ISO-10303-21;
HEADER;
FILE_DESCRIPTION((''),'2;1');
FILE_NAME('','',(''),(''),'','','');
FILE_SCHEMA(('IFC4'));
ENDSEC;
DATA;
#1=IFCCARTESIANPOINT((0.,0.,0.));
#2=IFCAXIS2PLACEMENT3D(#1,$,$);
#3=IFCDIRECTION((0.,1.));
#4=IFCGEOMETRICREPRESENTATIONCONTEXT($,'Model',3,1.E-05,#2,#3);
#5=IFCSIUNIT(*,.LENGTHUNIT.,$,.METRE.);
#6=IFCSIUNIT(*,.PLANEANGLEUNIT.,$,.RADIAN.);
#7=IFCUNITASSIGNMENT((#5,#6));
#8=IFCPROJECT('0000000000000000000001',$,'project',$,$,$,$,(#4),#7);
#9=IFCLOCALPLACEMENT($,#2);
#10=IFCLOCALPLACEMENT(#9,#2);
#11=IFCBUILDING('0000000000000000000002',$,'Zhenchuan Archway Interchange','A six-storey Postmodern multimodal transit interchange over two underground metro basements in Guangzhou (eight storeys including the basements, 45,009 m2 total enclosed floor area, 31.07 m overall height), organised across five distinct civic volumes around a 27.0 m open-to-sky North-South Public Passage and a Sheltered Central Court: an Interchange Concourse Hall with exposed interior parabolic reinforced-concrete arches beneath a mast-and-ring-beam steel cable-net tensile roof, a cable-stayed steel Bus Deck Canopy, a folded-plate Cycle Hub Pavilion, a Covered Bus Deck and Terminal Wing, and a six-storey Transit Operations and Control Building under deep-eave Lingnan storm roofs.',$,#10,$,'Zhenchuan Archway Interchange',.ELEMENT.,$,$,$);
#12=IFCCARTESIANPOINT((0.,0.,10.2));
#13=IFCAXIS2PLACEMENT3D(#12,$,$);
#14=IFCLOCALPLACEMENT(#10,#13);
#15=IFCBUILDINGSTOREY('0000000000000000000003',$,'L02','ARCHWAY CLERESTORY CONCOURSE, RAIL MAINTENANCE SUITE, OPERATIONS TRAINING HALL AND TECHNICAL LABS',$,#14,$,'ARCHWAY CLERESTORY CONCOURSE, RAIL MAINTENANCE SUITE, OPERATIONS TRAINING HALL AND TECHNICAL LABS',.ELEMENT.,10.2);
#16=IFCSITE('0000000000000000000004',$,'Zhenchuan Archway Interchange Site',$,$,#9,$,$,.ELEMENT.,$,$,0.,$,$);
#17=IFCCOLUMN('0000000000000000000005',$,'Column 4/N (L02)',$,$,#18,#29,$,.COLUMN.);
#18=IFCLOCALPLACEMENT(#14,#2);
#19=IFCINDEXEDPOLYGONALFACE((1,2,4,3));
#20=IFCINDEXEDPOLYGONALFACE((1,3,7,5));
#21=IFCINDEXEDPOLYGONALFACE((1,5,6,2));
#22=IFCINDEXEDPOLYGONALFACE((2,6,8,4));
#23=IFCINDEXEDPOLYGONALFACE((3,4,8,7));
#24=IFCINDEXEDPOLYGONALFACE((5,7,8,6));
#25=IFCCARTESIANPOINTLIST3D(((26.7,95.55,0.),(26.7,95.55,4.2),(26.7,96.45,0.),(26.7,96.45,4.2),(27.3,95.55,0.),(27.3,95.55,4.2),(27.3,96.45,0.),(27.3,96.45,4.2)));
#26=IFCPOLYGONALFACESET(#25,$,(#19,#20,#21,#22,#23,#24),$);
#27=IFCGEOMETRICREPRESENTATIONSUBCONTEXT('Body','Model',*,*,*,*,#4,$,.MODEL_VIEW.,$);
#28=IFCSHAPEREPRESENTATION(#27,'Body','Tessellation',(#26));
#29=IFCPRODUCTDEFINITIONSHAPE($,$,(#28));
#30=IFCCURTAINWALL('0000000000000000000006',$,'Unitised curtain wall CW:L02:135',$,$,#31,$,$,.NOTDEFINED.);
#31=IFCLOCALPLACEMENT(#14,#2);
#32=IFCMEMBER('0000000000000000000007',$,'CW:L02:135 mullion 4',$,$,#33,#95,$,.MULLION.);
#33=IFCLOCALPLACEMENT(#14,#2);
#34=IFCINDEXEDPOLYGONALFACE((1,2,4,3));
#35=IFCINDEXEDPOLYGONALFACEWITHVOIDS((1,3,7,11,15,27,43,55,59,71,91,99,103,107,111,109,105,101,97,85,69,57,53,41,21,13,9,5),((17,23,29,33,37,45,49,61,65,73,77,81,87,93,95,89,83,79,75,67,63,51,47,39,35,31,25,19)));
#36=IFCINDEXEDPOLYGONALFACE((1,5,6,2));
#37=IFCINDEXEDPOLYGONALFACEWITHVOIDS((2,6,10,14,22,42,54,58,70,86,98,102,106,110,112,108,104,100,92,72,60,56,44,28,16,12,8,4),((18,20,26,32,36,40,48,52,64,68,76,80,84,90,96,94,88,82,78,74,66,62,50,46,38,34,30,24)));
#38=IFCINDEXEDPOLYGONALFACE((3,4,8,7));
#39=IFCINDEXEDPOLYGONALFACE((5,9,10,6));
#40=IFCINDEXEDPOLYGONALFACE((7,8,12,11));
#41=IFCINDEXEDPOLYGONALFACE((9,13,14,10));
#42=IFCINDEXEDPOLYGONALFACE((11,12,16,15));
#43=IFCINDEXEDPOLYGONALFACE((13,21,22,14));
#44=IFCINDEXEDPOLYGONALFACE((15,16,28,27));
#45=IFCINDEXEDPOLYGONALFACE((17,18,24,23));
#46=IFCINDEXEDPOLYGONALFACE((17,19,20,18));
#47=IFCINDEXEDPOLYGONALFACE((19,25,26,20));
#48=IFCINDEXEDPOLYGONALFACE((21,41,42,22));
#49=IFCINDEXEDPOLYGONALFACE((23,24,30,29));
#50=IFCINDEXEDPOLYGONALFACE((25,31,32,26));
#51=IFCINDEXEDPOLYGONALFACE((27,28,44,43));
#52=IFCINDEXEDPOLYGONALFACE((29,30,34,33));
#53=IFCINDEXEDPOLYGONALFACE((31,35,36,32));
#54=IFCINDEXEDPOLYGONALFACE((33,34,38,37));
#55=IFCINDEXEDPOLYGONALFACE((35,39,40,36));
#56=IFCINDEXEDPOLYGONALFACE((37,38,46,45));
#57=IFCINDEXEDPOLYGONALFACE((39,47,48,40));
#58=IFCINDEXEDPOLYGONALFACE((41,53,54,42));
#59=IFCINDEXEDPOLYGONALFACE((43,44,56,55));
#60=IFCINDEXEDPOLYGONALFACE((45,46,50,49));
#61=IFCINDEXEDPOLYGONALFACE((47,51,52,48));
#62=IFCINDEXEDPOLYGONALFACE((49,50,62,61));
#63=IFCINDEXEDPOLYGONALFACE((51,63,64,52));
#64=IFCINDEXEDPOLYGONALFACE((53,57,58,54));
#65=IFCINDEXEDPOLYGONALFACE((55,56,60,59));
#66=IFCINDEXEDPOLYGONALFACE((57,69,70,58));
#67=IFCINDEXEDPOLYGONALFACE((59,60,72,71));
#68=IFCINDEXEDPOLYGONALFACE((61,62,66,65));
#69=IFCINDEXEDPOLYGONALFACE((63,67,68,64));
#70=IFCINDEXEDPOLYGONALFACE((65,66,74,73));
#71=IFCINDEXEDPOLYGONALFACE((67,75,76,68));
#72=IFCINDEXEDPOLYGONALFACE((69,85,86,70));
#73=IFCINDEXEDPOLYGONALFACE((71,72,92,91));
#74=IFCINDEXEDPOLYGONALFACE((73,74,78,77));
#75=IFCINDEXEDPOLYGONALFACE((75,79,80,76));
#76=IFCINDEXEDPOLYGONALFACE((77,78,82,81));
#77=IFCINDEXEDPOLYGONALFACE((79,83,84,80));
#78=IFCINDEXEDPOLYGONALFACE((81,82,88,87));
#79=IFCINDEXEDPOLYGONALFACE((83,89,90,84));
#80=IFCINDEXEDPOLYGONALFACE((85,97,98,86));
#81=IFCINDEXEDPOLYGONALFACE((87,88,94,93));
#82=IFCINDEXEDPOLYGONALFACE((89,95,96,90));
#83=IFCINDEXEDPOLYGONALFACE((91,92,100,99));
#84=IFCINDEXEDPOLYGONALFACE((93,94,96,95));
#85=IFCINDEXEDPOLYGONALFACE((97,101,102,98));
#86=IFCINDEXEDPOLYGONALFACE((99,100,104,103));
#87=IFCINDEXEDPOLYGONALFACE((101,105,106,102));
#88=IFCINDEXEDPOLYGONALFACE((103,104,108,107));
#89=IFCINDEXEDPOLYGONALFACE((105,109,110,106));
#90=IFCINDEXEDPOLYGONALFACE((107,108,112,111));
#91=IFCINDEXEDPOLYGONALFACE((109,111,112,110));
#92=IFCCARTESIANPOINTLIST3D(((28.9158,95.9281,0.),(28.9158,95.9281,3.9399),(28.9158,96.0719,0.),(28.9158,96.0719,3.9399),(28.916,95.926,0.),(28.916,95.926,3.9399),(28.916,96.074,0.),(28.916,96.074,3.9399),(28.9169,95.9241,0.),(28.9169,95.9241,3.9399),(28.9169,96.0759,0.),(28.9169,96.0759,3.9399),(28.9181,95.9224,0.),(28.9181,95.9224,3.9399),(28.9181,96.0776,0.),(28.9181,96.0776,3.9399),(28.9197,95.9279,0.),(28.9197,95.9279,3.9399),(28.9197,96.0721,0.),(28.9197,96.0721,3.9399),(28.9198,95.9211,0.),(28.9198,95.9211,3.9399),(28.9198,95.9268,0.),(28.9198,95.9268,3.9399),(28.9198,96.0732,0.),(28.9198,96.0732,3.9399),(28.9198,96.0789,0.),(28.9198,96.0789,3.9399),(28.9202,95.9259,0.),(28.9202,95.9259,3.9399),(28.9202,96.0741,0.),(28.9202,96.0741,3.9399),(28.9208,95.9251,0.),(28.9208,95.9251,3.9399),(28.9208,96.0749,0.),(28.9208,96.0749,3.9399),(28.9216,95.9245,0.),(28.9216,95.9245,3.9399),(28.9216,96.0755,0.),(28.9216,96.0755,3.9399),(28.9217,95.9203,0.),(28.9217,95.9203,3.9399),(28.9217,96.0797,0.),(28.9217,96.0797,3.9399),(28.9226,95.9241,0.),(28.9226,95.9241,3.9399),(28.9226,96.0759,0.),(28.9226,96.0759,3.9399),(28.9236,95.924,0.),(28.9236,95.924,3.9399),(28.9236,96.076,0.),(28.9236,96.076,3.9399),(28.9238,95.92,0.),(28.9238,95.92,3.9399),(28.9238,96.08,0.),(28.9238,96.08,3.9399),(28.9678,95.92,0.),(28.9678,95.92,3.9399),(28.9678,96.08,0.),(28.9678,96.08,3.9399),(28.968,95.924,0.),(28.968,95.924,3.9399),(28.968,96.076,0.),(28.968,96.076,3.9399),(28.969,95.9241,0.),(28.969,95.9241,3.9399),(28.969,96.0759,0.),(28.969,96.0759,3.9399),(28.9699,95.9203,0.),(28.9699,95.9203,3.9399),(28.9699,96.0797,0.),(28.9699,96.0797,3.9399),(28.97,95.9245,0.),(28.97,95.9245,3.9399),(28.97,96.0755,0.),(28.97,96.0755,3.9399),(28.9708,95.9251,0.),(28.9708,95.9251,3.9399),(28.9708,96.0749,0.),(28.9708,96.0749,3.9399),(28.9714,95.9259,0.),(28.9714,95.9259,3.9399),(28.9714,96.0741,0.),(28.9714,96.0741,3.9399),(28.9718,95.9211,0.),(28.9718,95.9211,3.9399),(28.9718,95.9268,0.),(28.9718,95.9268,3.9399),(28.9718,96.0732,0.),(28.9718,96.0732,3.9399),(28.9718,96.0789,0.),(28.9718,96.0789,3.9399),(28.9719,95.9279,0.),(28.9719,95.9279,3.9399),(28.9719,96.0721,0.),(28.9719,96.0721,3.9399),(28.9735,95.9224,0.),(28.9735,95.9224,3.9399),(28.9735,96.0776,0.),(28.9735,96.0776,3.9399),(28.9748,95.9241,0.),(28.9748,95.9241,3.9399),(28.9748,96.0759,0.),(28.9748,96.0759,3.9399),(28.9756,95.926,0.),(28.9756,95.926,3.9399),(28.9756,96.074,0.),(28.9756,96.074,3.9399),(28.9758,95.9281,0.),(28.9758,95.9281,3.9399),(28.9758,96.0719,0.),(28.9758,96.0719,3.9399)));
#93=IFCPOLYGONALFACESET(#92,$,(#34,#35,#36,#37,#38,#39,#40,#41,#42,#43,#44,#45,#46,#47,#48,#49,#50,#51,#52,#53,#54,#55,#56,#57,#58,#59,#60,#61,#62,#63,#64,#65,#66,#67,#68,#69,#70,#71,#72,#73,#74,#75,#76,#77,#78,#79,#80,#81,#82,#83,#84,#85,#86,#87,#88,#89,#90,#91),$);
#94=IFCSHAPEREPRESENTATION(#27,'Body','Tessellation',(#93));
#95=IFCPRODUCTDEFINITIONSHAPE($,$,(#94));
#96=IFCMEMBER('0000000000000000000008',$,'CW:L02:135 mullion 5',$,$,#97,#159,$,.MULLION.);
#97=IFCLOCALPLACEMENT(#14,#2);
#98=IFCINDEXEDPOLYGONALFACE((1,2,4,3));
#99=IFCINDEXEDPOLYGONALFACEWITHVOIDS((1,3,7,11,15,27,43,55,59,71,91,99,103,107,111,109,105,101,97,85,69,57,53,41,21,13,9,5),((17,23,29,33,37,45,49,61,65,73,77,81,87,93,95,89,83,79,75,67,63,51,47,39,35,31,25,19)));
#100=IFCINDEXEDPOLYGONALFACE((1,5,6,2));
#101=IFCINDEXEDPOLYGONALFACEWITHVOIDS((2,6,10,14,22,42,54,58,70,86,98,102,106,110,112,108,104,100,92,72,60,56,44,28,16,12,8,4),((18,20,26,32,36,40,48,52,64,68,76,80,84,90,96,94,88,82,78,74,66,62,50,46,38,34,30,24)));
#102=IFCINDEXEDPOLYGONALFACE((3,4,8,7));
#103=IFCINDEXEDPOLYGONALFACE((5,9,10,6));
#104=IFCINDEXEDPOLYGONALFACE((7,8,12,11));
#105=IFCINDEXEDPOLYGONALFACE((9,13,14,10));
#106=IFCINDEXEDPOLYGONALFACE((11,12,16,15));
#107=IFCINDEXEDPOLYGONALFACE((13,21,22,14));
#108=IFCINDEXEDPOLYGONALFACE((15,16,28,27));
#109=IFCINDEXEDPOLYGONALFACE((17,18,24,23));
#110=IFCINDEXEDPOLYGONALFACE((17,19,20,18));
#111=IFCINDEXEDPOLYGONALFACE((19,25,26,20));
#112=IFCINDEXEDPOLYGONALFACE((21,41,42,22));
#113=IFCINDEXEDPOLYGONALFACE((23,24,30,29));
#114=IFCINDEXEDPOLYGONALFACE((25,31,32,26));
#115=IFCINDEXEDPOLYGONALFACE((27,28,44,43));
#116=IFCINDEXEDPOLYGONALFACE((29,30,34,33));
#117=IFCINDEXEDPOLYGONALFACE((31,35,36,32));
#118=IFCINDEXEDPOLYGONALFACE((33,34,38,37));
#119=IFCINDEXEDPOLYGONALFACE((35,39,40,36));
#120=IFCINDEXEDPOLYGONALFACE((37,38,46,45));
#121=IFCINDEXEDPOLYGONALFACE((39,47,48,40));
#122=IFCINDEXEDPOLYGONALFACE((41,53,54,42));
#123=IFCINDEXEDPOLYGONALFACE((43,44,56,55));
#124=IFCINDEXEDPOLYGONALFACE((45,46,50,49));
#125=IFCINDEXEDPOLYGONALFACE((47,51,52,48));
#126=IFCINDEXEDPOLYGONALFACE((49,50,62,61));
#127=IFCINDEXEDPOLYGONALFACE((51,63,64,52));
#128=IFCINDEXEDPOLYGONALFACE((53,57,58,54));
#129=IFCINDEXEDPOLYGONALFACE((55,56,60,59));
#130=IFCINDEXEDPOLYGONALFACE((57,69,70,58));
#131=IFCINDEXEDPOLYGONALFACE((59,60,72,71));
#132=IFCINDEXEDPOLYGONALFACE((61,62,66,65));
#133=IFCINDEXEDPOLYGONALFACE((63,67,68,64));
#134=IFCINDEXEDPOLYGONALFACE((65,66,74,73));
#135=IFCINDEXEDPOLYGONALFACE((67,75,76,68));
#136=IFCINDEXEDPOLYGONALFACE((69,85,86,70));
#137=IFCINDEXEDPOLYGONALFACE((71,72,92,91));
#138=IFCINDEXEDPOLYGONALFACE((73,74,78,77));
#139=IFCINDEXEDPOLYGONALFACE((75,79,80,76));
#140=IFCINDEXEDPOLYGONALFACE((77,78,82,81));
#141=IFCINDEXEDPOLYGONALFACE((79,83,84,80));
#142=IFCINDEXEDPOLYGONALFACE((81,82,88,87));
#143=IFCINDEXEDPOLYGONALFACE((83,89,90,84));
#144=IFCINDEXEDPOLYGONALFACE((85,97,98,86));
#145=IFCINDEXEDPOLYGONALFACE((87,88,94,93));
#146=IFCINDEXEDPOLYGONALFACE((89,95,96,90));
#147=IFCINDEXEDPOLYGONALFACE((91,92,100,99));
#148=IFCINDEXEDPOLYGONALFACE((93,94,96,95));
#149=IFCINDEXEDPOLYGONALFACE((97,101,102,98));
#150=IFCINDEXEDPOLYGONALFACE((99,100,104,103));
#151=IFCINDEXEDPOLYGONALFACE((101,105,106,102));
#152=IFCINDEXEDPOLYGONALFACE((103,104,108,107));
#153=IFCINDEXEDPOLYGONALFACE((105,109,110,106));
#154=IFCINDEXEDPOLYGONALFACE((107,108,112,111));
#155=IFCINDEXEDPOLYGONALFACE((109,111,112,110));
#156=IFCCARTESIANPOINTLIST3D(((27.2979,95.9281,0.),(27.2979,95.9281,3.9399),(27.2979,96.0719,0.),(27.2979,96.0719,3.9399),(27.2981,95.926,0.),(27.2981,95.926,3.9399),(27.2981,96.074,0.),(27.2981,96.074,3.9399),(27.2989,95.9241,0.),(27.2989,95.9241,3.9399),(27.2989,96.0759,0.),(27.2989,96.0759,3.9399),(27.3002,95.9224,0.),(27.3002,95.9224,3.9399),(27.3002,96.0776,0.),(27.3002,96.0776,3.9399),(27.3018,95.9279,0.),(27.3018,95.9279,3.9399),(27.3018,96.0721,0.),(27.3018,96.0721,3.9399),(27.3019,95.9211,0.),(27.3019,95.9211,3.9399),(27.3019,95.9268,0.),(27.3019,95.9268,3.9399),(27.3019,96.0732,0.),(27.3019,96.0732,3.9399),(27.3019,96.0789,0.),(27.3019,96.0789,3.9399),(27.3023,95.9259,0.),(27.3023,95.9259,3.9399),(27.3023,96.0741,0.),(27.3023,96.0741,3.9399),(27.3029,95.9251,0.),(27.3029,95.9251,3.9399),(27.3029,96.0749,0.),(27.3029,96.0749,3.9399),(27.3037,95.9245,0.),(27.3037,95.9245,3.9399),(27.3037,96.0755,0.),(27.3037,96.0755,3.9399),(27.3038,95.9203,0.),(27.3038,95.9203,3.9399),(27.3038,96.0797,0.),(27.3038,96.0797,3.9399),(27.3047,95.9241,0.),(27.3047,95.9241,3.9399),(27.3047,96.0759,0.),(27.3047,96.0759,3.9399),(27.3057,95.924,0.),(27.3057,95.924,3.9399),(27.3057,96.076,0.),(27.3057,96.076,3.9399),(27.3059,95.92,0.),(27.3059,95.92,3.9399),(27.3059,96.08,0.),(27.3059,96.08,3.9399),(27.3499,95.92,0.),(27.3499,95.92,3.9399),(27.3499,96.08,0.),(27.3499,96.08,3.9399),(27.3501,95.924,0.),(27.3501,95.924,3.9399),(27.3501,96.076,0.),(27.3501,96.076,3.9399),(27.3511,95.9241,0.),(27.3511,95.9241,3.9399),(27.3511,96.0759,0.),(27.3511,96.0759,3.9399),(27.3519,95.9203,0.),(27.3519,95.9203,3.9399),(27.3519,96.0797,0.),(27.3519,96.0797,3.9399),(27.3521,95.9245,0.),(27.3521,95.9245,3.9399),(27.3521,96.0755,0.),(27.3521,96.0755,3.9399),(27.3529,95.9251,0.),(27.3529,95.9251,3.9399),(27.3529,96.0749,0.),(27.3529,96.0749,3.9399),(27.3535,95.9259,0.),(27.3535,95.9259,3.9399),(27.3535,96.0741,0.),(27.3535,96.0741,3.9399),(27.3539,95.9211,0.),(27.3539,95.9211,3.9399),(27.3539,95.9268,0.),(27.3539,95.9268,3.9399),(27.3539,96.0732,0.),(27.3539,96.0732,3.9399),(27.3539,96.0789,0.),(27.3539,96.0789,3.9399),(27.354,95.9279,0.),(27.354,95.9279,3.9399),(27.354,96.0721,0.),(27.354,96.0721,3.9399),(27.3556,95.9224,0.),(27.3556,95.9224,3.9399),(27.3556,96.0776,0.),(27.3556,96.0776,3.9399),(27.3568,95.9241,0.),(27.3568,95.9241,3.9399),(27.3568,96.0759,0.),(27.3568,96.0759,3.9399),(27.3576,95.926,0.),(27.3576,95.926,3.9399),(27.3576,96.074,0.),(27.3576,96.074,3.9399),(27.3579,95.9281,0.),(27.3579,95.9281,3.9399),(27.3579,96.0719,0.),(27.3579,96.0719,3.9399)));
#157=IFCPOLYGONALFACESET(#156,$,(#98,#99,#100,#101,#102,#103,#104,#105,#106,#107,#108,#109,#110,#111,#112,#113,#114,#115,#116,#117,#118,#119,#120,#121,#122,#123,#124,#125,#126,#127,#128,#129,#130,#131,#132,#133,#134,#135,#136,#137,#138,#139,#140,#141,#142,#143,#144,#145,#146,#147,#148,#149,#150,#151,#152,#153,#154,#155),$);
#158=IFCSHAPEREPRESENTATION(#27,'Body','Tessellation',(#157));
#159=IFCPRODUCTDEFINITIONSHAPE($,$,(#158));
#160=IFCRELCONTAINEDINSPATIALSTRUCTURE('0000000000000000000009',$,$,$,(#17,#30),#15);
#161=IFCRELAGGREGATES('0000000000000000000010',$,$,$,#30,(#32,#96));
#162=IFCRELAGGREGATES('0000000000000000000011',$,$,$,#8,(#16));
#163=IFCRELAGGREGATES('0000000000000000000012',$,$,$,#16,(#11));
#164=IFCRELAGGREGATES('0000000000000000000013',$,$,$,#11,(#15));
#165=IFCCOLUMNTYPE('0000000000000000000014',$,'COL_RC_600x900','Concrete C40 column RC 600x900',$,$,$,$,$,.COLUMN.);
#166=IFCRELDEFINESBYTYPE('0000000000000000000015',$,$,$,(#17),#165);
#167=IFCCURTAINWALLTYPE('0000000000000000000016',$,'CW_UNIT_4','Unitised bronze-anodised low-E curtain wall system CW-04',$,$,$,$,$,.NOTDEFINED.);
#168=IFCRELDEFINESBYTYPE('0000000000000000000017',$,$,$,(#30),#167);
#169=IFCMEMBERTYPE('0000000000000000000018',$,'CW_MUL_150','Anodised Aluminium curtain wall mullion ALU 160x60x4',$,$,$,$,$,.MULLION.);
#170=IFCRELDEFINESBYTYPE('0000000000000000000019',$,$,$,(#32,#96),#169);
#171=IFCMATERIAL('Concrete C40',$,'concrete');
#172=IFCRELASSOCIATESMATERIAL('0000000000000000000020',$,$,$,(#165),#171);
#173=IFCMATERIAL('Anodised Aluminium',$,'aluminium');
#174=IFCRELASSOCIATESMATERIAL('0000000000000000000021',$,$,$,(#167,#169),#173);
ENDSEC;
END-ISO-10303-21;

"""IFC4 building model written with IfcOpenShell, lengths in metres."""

from ifc_helpers import new_model, si_unit, direction, frame, origin, origin_2d, place, context, subcontext, project, spatial, rectangle, hollow_rectangle, extrude, material, material_profile, profile_set, type_object, element, aggregate, save


model = new_model("IFC4")

# Units and contexts
model_context = context("Model", 3, precision=1e-05, world=origin(), true_north=direction((0.0, 1.0)))
body_context = subcontext(model_context, "Body", "Model", "MODEL_VIEW")
ifc_project = project(units=[si_unit("LENGTHUNIT", "METRE"), si_unit("PLANEANGLEUNIT", "RADIAN")], contexts=[model_context])

# Site, building, storey
site_placement = place(None, origin())
site = spatial("IfcSite", under=ifc_project, at=site_placement, Name="Zhenchuan Archway Interchange Site", CompositionType="ELEMENT", RefElevation=0.0)
building_placement = place(site_placement, origin())
building = spatial("IfcBuilding", under=site, at=building_placement, Name="Zhenchuan Archway Interchange", Description="A six-storey Postmodern multimodal transit interchange over two underground metro basements in Guangzhou (eight storeys including the basements, 45,009 m2 total enclosed floor area, 31.07 m overall height), organised across five distinct civic volumes around a 27.0 m open-to-sky North-South Public Passage and a Sheltered Central Court: an Interchange Concourse Hall with exposed interior parabolic reinforced-concrete arches beneath a mast-and-ring-beam steel cable-net tensile roof, a cable-stayed steel Bus Deck Canopy, a folded-plate Cycle Hub Pavilion, a Covered Bus Deck and Terminal Wing, and a six-storey Transit Operations and Control Building under deep-eave Lingnan storm roofs.", LongName="Zhenchuan Archway Interchange", CompositionType="ELEMENT")
storey_placement = place(building_placement, frame((0.0, 0.0, 10.2)))
storey = spatial("IfcBuildingStorey", under=building, at=storey_placement, Name="L02", Description="ARCHWAY CLERESTORY CONCOURSE, RAIL MAINTENANCE SUITE, OPERATIONS TRAINING HALL AND TECHNICAL LABS", LongName="ARCHWAY CLERESTORY CONCOURSE, RAIL MAINTENANCE SUITE, OPERATIONS TRAINING HALL AND TECHNICAL LABS", CompositionType="ELEMENT", Elevation=10.2)

# Column
ifc_material_1 = material(Name="Concrete C40", Category="concrete")
ifc_material_profile_1 = material_profile(ifc_material_1, rectangle(XDim=0.6001, YDim=0.8999, at=origin_2d()), Name="RC 600x900")
ifc_profile_set_1 = profile_set([ifc_material_profile_1], Name="Concrete C40")
column_type = type_object("IfcColumnType", Name="COL_RC_600x900", Description="Concrete C40 column RC 600x900", PredefinedType="COLUMN", material=ifc_profile_set_1)
column_placement = place(storey_placement, frame((27.0, 96.0, 0.0), z_axis=(0.0, 0.0, 1.0), x_axis=(1.0, 0.0, 0.0)))
element("IfcColumn", 1, at=column_placement, inside=storey, type_object=column_type, Name="Column 4/N (L02)", PredefinedType="COLUMN", context=body_context, shape_type="SweptSolid", body=[
    extrude(rectangle(XDim=0.6001, YDim=0.8999, at=origin_2d()), origin(), (0.0, 0.0, 1.0), 4.2),
])

# Curtain wall, members
ifc_material_2 = material(Name="Anodised Aluminium", Category="aluminium")
curtain_wall_type_1 = type_object("IfcCurtainWallType", Name="CW_UNIT_4", Description="Unitised bronze-anodised low-E curtain wall system CW-04", PredefinedType="NOTDEFINED", material=ifc_material_2)
curtain_wall_1_placement = place(storey_placement, origin())
curtain_wall_1 = element("IfcCurtainWall", 2, at=curtain_wall_1_placement, inside=storey, type_object=curtain_wall_type_1, Name="Unitised curtain wall CW:L02:135", PredefinedType="NOTDEFINED")
ifc_material_profile_2 = material_profile(ifc_material_2, hollow_rectangle(XDim=0.0601, YDim=0.1599, WallThickness=0.0039, InnerFilletRadius=0.0039, OuterFilletRadius=0.0081, at=origin_2d()), Name="ALU 160x60x4")
ifc_profile_set_2 = profile_set([ifc_material_profile_2], Name="Anodised Aluminium")
member_type_1 = type_object("IfcMemberType", Name="CW_MUL_150", Description="Anodised Aluminium curtain wall mullion ALU 160x60x4", PredefinedType="MULLION", material=ifc_profile_set_2)
member_1_placement = place(storey_placement, frame((28.9458, 96.0, 0.0), z_axis=(0.0, 0.0, 1.0), x_axis=(1.0, 0.0, 0.0)))
member_1 = element("IfcMember", 3, at=member_1_placement, type_object=member_type_1, Name="CW:L02:135 mullion 4", PredefinedType="MULLION", context=body_context, shape_type="SweptSolid", body=[
    extrude(hollow_rectangle(XDim=0.0601, YDim=0.1599, WallThickness=0.0039, InnerFilletRadius=0.0039, OuterFilletRadius=0.0081, at=origin_2d()), origin(), (0.0, 0.0, 1.0), 3.9399),
])
member_2_placement = place(storey_placement, frame((27.3279, 96.0, 0.0), z_axis=(0.0, 0.0, 1.0), x_axis=(1.0, 0.0, 0.0)))
member_2 = element("IfcMember", 4, at=member_2_placement, type_object=member_type_1, Name="CW:L02:135 mullion 5", PredefinedType="MULLION", context=body_context, shape_type="SweptSolid", body=[
    extrude(hollow_rectangle(XDim=0.0601, YDim=0.1599, WallThickness=0.0039, InnerFilletRadius=0.0039, OuterFilletRadius=0.0081, at=origin_2d()), origin(), (0.0, 0.0, 1.0), 3.9399),
])

aggregate(curtain_wall_1, [member_1, member_2])

save(model, "model.ifc")
